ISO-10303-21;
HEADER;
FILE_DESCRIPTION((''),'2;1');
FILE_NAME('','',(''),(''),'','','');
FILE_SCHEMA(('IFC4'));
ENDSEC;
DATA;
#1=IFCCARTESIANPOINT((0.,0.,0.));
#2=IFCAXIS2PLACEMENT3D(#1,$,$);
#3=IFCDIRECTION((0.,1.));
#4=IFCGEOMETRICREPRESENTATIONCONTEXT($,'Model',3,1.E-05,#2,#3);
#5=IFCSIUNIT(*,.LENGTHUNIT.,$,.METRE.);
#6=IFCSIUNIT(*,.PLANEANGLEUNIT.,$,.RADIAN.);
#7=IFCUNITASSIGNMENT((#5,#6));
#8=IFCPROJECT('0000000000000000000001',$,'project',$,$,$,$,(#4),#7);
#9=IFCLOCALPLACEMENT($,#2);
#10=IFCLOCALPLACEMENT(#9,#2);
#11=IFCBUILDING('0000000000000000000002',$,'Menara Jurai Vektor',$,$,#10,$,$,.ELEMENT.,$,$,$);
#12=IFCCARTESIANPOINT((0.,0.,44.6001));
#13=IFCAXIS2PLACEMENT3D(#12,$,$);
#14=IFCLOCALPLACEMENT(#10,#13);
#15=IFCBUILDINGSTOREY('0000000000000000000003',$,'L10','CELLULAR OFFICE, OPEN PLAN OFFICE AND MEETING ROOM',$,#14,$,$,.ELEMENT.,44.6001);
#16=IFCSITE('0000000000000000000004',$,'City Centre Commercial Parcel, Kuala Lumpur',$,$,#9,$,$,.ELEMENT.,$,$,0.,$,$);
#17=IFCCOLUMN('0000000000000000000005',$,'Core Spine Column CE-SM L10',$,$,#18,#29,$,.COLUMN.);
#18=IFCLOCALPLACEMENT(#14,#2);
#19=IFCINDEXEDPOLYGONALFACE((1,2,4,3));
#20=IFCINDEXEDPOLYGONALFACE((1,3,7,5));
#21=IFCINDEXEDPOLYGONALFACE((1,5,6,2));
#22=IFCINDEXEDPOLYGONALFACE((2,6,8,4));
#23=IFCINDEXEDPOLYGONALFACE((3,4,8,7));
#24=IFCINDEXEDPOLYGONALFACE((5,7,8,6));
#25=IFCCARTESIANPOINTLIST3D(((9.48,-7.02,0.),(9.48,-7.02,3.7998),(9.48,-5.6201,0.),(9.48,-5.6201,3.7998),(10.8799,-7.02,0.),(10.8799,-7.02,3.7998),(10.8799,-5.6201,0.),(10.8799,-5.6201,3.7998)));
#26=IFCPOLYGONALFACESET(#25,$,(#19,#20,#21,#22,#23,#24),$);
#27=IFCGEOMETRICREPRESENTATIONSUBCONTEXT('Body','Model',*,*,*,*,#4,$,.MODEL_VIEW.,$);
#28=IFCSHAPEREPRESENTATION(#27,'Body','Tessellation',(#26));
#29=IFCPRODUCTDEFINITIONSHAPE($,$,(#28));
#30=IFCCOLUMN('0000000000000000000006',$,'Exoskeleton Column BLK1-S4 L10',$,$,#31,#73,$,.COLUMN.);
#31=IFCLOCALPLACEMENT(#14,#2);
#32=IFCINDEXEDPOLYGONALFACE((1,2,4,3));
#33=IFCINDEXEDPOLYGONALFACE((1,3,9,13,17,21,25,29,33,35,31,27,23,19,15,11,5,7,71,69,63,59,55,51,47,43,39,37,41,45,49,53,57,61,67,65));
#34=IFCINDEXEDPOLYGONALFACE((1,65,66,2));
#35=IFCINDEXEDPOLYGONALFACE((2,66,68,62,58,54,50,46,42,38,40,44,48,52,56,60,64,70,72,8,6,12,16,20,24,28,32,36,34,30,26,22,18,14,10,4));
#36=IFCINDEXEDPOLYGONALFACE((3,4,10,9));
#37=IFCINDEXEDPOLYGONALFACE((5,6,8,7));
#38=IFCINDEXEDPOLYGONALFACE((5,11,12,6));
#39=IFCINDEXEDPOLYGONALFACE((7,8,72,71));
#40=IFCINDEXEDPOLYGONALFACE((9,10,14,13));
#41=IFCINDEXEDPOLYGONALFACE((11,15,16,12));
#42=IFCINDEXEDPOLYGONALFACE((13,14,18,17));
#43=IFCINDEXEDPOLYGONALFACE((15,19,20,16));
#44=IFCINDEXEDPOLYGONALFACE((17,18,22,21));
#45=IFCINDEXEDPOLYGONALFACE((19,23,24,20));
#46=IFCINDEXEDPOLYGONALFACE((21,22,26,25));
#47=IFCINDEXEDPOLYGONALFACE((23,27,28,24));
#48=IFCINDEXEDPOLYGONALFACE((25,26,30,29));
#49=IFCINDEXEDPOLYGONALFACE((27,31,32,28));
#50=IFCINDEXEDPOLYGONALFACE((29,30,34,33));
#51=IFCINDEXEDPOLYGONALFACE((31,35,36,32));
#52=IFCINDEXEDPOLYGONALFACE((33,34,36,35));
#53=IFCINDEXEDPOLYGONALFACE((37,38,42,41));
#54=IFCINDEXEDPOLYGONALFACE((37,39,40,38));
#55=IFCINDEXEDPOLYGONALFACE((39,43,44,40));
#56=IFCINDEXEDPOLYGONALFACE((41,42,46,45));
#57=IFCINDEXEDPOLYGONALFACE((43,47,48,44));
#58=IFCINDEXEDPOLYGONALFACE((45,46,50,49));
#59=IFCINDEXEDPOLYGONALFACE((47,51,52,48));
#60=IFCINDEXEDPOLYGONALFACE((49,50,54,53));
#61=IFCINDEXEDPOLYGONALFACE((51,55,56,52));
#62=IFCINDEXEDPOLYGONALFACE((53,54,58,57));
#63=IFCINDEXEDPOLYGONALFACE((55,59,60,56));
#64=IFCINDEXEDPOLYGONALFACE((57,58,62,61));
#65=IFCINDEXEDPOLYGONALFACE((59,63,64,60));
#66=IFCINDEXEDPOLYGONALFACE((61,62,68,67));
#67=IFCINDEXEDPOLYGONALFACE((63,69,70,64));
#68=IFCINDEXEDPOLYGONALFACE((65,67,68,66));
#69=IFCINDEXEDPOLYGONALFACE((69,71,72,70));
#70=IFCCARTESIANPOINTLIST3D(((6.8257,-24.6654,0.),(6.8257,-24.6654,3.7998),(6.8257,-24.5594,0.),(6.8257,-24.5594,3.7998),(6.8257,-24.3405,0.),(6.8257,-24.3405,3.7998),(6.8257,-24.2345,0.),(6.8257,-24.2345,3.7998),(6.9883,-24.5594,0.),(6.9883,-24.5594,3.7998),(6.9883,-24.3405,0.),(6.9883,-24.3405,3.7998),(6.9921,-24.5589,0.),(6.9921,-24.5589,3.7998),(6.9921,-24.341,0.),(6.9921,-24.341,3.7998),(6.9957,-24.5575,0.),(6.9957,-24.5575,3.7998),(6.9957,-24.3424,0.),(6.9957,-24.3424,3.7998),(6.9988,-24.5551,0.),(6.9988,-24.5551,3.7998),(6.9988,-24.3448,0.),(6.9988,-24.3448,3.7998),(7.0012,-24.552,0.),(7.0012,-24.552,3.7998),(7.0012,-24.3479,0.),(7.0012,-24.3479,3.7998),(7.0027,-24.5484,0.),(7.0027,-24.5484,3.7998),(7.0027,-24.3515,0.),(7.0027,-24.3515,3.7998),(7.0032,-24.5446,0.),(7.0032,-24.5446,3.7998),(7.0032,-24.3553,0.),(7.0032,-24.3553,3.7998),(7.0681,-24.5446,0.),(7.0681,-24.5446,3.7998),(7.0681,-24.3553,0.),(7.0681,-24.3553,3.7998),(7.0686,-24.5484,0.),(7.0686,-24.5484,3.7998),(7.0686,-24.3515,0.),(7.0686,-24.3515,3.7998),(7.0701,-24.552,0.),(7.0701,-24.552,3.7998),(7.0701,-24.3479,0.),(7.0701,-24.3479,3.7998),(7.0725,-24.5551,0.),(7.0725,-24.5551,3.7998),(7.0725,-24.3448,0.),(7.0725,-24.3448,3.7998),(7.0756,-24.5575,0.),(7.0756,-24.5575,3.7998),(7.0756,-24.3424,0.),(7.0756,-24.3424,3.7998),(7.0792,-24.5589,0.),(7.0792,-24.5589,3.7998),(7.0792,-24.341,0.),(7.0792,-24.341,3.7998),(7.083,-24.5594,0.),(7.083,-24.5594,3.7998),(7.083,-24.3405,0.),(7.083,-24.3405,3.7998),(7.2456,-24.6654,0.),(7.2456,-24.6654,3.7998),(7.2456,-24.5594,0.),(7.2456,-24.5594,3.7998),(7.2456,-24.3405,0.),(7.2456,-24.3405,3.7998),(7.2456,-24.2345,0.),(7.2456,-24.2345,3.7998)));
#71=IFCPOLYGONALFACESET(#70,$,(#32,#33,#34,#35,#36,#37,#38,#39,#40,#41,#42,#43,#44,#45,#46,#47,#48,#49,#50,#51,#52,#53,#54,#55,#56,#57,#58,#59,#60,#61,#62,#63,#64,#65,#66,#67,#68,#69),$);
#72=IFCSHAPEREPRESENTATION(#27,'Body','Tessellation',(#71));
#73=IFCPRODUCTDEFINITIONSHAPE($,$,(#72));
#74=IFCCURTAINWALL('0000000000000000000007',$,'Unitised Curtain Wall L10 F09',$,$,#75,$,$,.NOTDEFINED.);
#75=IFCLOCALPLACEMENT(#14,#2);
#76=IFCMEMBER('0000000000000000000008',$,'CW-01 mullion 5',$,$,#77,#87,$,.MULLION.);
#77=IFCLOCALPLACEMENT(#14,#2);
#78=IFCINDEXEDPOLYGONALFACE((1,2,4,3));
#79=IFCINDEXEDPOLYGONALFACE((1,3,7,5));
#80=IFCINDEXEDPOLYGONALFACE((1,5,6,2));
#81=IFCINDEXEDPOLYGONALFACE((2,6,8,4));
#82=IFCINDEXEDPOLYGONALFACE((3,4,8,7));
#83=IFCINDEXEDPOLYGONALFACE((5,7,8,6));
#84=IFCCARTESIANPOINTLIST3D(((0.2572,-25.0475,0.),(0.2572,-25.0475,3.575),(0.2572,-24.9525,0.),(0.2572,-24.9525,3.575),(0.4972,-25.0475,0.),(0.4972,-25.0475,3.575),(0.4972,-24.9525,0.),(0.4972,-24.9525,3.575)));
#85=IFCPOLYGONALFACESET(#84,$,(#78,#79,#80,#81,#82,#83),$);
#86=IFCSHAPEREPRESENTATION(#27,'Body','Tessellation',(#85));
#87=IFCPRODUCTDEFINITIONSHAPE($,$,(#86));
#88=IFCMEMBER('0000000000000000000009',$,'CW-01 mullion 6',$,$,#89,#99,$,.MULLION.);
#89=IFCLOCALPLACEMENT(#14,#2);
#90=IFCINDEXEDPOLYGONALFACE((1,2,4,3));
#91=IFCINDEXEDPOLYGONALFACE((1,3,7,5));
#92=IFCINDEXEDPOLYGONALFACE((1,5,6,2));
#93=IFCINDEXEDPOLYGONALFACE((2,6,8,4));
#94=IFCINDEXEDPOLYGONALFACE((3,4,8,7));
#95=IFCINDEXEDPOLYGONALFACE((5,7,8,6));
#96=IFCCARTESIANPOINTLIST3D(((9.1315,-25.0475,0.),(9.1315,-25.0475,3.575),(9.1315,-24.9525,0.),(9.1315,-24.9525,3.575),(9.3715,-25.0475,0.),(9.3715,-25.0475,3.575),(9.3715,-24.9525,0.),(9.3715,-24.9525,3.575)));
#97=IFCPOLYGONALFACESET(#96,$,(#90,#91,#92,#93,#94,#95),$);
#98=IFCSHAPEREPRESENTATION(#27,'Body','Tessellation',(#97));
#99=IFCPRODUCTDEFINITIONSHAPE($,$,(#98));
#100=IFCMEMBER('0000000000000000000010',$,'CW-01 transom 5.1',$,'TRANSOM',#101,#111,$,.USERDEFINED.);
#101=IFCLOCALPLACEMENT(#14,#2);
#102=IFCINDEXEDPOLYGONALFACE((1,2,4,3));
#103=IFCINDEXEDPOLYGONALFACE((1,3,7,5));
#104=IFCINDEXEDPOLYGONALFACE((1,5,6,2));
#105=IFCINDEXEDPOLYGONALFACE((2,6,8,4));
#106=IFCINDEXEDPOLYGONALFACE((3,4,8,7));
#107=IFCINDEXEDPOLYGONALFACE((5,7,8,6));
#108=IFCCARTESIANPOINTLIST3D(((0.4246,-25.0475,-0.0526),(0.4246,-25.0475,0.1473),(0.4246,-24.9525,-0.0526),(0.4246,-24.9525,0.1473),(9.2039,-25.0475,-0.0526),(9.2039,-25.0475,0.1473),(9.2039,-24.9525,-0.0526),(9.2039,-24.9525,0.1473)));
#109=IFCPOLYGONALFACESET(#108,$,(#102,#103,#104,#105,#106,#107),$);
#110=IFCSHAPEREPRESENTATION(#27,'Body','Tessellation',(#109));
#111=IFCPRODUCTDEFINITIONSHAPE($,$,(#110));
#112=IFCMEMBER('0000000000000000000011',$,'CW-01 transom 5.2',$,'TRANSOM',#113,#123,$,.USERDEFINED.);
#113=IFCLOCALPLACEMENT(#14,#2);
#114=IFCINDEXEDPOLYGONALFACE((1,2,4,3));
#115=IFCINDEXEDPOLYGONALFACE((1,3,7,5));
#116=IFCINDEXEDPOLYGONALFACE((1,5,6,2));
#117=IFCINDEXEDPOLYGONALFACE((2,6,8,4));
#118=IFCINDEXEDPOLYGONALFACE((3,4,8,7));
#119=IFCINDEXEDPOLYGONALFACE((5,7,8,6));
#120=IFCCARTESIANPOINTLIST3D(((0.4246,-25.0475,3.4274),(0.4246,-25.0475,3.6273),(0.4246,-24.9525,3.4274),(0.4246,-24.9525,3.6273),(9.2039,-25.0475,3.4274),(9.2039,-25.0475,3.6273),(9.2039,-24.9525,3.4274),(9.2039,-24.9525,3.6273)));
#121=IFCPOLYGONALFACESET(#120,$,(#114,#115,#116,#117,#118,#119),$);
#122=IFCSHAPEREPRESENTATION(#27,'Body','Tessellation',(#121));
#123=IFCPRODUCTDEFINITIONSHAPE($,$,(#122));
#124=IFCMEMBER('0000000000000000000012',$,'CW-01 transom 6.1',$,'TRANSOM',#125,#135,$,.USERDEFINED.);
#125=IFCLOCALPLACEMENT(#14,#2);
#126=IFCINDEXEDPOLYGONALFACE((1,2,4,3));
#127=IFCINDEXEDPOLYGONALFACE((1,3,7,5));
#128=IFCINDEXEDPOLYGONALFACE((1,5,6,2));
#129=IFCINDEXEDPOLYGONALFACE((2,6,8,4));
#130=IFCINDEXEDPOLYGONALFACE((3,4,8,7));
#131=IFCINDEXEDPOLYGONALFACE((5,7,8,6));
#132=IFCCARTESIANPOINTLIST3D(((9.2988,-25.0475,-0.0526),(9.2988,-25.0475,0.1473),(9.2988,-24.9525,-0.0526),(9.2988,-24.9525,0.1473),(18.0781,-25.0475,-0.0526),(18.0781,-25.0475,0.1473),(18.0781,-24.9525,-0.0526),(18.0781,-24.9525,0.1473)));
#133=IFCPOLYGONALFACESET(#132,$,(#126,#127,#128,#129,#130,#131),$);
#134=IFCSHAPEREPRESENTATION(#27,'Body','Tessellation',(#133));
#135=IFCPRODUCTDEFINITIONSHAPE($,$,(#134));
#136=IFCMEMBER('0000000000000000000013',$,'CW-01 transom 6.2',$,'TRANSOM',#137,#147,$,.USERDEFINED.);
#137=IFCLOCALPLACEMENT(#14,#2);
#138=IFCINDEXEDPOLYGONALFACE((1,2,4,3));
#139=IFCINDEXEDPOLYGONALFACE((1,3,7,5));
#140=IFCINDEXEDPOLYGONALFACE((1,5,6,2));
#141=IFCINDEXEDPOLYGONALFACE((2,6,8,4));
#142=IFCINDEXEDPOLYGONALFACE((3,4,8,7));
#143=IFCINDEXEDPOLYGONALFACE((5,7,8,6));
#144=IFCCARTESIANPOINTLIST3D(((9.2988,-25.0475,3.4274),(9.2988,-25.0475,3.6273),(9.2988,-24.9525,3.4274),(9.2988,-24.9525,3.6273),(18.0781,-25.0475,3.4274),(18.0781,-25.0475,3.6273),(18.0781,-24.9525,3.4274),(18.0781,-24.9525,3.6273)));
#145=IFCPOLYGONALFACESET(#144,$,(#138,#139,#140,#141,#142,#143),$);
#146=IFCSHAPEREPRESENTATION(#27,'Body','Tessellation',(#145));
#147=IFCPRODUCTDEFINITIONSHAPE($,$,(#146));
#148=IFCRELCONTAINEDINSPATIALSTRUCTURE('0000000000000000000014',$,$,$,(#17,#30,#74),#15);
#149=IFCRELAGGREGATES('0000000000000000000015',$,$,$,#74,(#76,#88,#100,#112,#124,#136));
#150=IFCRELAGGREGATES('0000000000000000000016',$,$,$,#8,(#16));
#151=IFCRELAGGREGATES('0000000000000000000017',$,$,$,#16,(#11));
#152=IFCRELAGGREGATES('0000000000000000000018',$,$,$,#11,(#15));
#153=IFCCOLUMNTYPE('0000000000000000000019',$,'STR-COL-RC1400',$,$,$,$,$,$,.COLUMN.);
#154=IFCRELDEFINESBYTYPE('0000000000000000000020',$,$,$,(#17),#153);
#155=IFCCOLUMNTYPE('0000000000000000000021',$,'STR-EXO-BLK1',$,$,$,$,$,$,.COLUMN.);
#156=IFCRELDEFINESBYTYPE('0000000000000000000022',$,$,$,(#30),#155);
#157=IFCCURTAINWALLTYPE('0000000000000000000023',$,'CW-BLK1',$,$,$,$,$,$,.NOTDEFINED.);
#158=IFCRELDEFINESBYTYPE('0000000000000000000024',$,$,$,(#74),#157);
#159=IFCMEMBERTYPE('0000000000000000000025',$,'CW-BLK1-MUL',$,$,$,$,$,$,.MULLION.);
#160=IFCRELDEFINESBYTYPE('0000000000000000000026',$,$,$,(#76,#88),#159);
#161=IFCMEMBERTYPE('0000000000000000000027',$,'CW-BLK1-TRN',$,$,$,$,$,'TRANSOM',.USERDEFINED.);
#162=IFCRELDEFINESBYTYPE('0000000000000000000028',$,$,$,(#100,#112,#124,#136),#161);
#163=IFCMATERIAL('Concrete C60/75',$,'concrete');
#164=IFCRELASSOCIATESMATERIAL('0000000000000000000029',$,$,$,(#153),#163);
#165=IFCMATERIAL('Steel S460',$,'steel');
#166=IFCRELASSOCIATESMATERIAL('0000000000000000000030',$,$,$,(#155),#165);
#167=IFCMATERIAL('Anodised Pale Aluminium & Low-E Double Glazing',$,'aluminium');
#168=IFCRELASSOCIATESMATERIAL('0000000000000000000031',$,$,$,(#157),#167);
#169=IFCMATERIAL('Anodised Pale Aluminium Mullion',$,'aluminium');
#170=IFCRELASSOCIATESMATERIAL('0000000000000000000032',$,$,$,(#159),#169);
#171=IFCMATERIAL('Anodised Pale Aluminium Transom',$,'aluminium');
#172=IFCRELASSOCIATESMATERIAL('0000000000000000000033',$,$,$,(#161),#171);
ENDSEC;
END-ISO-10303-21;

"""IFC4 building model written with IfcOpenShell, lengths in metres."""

from ifc_helpers import new_model, si_unit, direction, frame, origin, origin_2d, place, context, subcontext, project, spatial, rectangle, i_section, extrude, material, material_profile, profile_set, type_object, element, aggregate, save


model = new_model("IFC4")

# Units and contexts
model_context = context("Model", 3, precision=1e-05, world=origin(), true_north=direction((0.0, 1.0)))
body_context = subcontext(model_context, "Body", "Model", "MODEL_VIEW")
ifc_project = project(units=[si_unit("LENGTHUNIT", "METRE"), si_unit("PLANEANGLEUNIT", "RADIAN")], contexts=[model_context])

# Site, building, storey
site_placement = place(None, origin())
site = spatial("IfcSite", under=ifc_project, at=site_placement, Name="City Centre Commercial Parcel, Kuala Lumpur", CompositionType="ELEMENT", RefElevation=0.0)
building_placement = place(site_placement, origin())
building = spatial("IfcBuilding", under=site, at=building_placement, Name="Menara Jurai Vektor", CompositionType="ELEMENT")
storey_placement = place(building_placement, frame((0.0, 0.0, 44.6001)))
storey = spatial("IfcBuildingStorey", under=building, at=storey_placement, Name="L10", Description="CELLULAR OFFICE, OPEN PLAN OFFICE AND MEETING ROOM", CompositionType="ELEMENT", Elevation=44.6001)

# Columns
ifc_material_1 = material(Name="Concrete C60/75", Category="concrete")
ifc_material_profile_1 = material_profile(ifc_material_1, rectangle(XDim=1.3999, YDim=1.3999, at=origin_2d()), Name="RC 1400x1400")
ifc_profile_set_1 = profile_set([ifc_material_profile_1], Name="Concrete C60/75")
column_type_1 = type_object("IfcColumnType", Name="STR-COL-RC1400", PredefinedType="COLUMN", material=ifc_profile_set_1)
column_1_placement = place(storey_placement, frame((10.1799, -6.3201, 0.0), z_axis=(0.0, 0.0, 1.0), x_axis=(1.0, 0.0, 0.0)))
element("IfcColumn", 1, at=column_1_placement, inside=storey, type_object=column_type_1, Name="Core Spine Column CE-SM L10", PredefinedType="COLUMN", context=body_context, shape_type="SweptSolid", body=[
    extrude(rectangle(XDim=1.3999, YDim=1.3999, at=origin_2d()), origin(), (0.0, 0.0, 1.0), 3.7998),
])
ifc_material_2 = material(Name="Steel S460", Category="steel")
ifc_material_profile_2 = material_profile(ifc_material_2, i_section(OverallWidth=0.4199, OverallDepth=0.4309, WebThickness=0.0649, FlangeThickness=0.106, FilletRadius=0.0149, at=origin_2d()), Name="HD 400x900")
ifc_profile_set_2 = profile_set([ifc_material_profile_2], Name="Steel S460")
column_type_2 = type_object("IfcColumnType", Name="STR-EXO-BLK1", PredefinedType="COLUMN", material=ifc_profile_set_2)
column_2_placement = place(storey_placement, frame((7.0356, -24.45, 0.0), z_axis=(0.0, 0.0, 1.0), x_axis=(1.0, 0.0, 0.0)))
element("IfcColumn", 2, at=column_2_placement, inside=storey, type_object=column_type_2, Name="Exoskeleton Column BLK1-S4 L10", PredefinedType="COLUMN", context=body_context, shape_type="SweptSolid", body=[
    extrude(i_section(OverallWidth=0.4199, OverallDepth=0.4309, WebThickness=0.0649, FlangeThickness=0.106, FilletRadius=0.0149, at=origin_2d()), origin(), (0.0, 0.0, 1.0), 3.7998),
])

# Curtain wall, members
ifc_material_3 = material(Name="Anodised Pale Aluminium & Low-E Double Glazing", Category="aluminium")
curtain_wall_type = type_object("IfcCurtainWallType", Name="CW-BLK1", PredefinedType="NOTDEFINED", material=ifc_material_3)
curtain_wall_placement = place(storey_placement, origin())
curtain_wall = element("IfcCurtainWall", 3, at=curtain_wall_placement, inside=storey, type_object=curtain_wall_type, Name="Unitised Curtain Wall L10 F09", PredefinedType="NOTDEFINED")
ifc_material_4 = material(Name="Anodised Pale Aluminium Mullion", Category="aluminium")
ifc_material_profile_3 = material_profile(ifc_material_4, rectangle(XDim=0.095, YDim=0.24, at=origin_2d()), Name="ALU MUL 95x240")
ifc_profile_set_3 = profile_set([ifc_material_profile_3], Name="Anodised Pale Aluminium Mullion")
member_type_1 = type_object("IfcMemberType", Name="CW-BLK1-MUL", PredefinedType="MULLION", material=ifc_profile_set_3)
member_1_placement = place(storey_placement, frame((0.3772, -25.0, 0.0), z_axis=(0.0, 0.0, 1.0), x_axis=(0.0, 1.0, 0.0)))
member_1 = element("IfcMember", 4, at=member_1_placement, type_object=member_type_1, Name="CW-01 mullion 5", PredefinedType="MULLION", context=body_context, shape_type="SweptSolid", body=[
    extrude(rectangle(XDim=0.095, YDim=0.24, at=origin_2d()), origin(), (0.0, 0.0, 1.0), 3.575),
])
member_2_placement = place(storey_placement, frame((9.2515, -25.0, 0.0), z_axis=(0.0, 0.0, 1.0), x_axis=(0.0, 1.0, 0.0)))
member_2 = element("IfcMember", 5, at=member_2_placement, type_object=member_type_1, Name="CW-01 mullion 6", PredefinedType="MULLION", context=body_context, shape_type="SweptSolid", body=[
    extrude(rectangle(XDim=0.095, YDim=0.24, at=origin_2d()), origin(), (0.0, 0.0, 1.0), 3.575),
])
ifc_material_5 = material(Name="Anodised Pale Aluminium Transom", Category="aluminium")
ifc_material_profile_4 = material_profile(ifc_material_5, rectangle(XDim=0.095, YDim=0.2, at=origin_2d()), Name="ALU TRN 95x200")
ifc_profile_set_4 = profile_set([ifc_material_profile_4], Name="Anodised Pale Aluminium Transom")
member_type_2 = type_object("IfcMemberType", Name="CW-BLK1-TRN", ElementType="TRANSOM", PredefinedType="USERDEFINED", material=ifc_profile_set_4)
member_3_placement = place(storey_placement, frame((0.4246, -25.0, 0.0474), z_axis=(1.0, 0.0, 0.0), x_axis=(0.0, 1.0, 0.0)))
member_3 = element("IfcMember", 6, at=member_3_placement, type_object=member_type_2, Name="CW-01 transom 5.1", ObjectType="TRANSOM", PredefinedType="USERDEFINED", context=body_context, shape_type="SweptSolid", body=[
    extrude(rectangle(XDim=0.095, YDim=0.2, at=origin_2d()), origin(), (0.0, 0.0, 1.0), 8.7793),
])
member_4_placement = place(storey_placement, frame((0.4246, -25.0, 3.5273), z_axis=(1.0, 0.0, 0.0), x_axis=(0.0, 1.0, 0.0)))
member_4 = element("IfcMember", 7, at=member_4_placement, type_object=member_type_2, Name="CW-01 transom 5.2", ObjectType="TRANSOM", PredefinedType="USERDEFINED", context=body_context, shape_type="SweptSolid", body=[
    extrude(rectangle(XDim=0.095, YDim=0.2, at=origin_2d()), origin(), (0.0, 0.0, 1.0), 8.7793),
])
member_5_placement = place(storey_placement, frame((9.2988, -25.0, 0.0474), z_axis=(1.0, 0.0, 0.0), x_axis=(0.0, 1.0, 0.0)))
member_5 = element("IfcMember", 8, at=member_5_placement, type_object=member_type_2, Name="CW-01 transom 6.1", ObjectType="TRANSOM", PredefinedType="USERDEFINED", context=body_context, shape_type="SweptSolid", body=[
    extrude(rectangle(XDim=0.095, YDim=0.2, at=origin_2d()), origin(), (0.0, 0.0, 1.0), 8.7793),
])
member_6_placement = place(storey_placement, frame((9.2988, -25.0, 3.5273), z_axis=(1.0, 0.0, 0.0), x_axis=(0.0, 1.0, 0.0)))
member_6 = element("IfcMember", 9, at=member_6_placement, type_object=member_type_2, Name="CW-01 transom 6.2", ObjectType="TRANSOM", PredefinedType="USERDEFINED", context=body_context, shape_type="SweptSolid", body=[
    extrude(rectangle(XDim=0.095, YDim=0.2, at=origin_2d()), origin(), (0.0, 0.0, 1.0), 8.7793),
])

aggregate(curtain_wall, [member_1, member_2, member_3, member_4, member_5, member_6])

save(model, "model.ifc")
